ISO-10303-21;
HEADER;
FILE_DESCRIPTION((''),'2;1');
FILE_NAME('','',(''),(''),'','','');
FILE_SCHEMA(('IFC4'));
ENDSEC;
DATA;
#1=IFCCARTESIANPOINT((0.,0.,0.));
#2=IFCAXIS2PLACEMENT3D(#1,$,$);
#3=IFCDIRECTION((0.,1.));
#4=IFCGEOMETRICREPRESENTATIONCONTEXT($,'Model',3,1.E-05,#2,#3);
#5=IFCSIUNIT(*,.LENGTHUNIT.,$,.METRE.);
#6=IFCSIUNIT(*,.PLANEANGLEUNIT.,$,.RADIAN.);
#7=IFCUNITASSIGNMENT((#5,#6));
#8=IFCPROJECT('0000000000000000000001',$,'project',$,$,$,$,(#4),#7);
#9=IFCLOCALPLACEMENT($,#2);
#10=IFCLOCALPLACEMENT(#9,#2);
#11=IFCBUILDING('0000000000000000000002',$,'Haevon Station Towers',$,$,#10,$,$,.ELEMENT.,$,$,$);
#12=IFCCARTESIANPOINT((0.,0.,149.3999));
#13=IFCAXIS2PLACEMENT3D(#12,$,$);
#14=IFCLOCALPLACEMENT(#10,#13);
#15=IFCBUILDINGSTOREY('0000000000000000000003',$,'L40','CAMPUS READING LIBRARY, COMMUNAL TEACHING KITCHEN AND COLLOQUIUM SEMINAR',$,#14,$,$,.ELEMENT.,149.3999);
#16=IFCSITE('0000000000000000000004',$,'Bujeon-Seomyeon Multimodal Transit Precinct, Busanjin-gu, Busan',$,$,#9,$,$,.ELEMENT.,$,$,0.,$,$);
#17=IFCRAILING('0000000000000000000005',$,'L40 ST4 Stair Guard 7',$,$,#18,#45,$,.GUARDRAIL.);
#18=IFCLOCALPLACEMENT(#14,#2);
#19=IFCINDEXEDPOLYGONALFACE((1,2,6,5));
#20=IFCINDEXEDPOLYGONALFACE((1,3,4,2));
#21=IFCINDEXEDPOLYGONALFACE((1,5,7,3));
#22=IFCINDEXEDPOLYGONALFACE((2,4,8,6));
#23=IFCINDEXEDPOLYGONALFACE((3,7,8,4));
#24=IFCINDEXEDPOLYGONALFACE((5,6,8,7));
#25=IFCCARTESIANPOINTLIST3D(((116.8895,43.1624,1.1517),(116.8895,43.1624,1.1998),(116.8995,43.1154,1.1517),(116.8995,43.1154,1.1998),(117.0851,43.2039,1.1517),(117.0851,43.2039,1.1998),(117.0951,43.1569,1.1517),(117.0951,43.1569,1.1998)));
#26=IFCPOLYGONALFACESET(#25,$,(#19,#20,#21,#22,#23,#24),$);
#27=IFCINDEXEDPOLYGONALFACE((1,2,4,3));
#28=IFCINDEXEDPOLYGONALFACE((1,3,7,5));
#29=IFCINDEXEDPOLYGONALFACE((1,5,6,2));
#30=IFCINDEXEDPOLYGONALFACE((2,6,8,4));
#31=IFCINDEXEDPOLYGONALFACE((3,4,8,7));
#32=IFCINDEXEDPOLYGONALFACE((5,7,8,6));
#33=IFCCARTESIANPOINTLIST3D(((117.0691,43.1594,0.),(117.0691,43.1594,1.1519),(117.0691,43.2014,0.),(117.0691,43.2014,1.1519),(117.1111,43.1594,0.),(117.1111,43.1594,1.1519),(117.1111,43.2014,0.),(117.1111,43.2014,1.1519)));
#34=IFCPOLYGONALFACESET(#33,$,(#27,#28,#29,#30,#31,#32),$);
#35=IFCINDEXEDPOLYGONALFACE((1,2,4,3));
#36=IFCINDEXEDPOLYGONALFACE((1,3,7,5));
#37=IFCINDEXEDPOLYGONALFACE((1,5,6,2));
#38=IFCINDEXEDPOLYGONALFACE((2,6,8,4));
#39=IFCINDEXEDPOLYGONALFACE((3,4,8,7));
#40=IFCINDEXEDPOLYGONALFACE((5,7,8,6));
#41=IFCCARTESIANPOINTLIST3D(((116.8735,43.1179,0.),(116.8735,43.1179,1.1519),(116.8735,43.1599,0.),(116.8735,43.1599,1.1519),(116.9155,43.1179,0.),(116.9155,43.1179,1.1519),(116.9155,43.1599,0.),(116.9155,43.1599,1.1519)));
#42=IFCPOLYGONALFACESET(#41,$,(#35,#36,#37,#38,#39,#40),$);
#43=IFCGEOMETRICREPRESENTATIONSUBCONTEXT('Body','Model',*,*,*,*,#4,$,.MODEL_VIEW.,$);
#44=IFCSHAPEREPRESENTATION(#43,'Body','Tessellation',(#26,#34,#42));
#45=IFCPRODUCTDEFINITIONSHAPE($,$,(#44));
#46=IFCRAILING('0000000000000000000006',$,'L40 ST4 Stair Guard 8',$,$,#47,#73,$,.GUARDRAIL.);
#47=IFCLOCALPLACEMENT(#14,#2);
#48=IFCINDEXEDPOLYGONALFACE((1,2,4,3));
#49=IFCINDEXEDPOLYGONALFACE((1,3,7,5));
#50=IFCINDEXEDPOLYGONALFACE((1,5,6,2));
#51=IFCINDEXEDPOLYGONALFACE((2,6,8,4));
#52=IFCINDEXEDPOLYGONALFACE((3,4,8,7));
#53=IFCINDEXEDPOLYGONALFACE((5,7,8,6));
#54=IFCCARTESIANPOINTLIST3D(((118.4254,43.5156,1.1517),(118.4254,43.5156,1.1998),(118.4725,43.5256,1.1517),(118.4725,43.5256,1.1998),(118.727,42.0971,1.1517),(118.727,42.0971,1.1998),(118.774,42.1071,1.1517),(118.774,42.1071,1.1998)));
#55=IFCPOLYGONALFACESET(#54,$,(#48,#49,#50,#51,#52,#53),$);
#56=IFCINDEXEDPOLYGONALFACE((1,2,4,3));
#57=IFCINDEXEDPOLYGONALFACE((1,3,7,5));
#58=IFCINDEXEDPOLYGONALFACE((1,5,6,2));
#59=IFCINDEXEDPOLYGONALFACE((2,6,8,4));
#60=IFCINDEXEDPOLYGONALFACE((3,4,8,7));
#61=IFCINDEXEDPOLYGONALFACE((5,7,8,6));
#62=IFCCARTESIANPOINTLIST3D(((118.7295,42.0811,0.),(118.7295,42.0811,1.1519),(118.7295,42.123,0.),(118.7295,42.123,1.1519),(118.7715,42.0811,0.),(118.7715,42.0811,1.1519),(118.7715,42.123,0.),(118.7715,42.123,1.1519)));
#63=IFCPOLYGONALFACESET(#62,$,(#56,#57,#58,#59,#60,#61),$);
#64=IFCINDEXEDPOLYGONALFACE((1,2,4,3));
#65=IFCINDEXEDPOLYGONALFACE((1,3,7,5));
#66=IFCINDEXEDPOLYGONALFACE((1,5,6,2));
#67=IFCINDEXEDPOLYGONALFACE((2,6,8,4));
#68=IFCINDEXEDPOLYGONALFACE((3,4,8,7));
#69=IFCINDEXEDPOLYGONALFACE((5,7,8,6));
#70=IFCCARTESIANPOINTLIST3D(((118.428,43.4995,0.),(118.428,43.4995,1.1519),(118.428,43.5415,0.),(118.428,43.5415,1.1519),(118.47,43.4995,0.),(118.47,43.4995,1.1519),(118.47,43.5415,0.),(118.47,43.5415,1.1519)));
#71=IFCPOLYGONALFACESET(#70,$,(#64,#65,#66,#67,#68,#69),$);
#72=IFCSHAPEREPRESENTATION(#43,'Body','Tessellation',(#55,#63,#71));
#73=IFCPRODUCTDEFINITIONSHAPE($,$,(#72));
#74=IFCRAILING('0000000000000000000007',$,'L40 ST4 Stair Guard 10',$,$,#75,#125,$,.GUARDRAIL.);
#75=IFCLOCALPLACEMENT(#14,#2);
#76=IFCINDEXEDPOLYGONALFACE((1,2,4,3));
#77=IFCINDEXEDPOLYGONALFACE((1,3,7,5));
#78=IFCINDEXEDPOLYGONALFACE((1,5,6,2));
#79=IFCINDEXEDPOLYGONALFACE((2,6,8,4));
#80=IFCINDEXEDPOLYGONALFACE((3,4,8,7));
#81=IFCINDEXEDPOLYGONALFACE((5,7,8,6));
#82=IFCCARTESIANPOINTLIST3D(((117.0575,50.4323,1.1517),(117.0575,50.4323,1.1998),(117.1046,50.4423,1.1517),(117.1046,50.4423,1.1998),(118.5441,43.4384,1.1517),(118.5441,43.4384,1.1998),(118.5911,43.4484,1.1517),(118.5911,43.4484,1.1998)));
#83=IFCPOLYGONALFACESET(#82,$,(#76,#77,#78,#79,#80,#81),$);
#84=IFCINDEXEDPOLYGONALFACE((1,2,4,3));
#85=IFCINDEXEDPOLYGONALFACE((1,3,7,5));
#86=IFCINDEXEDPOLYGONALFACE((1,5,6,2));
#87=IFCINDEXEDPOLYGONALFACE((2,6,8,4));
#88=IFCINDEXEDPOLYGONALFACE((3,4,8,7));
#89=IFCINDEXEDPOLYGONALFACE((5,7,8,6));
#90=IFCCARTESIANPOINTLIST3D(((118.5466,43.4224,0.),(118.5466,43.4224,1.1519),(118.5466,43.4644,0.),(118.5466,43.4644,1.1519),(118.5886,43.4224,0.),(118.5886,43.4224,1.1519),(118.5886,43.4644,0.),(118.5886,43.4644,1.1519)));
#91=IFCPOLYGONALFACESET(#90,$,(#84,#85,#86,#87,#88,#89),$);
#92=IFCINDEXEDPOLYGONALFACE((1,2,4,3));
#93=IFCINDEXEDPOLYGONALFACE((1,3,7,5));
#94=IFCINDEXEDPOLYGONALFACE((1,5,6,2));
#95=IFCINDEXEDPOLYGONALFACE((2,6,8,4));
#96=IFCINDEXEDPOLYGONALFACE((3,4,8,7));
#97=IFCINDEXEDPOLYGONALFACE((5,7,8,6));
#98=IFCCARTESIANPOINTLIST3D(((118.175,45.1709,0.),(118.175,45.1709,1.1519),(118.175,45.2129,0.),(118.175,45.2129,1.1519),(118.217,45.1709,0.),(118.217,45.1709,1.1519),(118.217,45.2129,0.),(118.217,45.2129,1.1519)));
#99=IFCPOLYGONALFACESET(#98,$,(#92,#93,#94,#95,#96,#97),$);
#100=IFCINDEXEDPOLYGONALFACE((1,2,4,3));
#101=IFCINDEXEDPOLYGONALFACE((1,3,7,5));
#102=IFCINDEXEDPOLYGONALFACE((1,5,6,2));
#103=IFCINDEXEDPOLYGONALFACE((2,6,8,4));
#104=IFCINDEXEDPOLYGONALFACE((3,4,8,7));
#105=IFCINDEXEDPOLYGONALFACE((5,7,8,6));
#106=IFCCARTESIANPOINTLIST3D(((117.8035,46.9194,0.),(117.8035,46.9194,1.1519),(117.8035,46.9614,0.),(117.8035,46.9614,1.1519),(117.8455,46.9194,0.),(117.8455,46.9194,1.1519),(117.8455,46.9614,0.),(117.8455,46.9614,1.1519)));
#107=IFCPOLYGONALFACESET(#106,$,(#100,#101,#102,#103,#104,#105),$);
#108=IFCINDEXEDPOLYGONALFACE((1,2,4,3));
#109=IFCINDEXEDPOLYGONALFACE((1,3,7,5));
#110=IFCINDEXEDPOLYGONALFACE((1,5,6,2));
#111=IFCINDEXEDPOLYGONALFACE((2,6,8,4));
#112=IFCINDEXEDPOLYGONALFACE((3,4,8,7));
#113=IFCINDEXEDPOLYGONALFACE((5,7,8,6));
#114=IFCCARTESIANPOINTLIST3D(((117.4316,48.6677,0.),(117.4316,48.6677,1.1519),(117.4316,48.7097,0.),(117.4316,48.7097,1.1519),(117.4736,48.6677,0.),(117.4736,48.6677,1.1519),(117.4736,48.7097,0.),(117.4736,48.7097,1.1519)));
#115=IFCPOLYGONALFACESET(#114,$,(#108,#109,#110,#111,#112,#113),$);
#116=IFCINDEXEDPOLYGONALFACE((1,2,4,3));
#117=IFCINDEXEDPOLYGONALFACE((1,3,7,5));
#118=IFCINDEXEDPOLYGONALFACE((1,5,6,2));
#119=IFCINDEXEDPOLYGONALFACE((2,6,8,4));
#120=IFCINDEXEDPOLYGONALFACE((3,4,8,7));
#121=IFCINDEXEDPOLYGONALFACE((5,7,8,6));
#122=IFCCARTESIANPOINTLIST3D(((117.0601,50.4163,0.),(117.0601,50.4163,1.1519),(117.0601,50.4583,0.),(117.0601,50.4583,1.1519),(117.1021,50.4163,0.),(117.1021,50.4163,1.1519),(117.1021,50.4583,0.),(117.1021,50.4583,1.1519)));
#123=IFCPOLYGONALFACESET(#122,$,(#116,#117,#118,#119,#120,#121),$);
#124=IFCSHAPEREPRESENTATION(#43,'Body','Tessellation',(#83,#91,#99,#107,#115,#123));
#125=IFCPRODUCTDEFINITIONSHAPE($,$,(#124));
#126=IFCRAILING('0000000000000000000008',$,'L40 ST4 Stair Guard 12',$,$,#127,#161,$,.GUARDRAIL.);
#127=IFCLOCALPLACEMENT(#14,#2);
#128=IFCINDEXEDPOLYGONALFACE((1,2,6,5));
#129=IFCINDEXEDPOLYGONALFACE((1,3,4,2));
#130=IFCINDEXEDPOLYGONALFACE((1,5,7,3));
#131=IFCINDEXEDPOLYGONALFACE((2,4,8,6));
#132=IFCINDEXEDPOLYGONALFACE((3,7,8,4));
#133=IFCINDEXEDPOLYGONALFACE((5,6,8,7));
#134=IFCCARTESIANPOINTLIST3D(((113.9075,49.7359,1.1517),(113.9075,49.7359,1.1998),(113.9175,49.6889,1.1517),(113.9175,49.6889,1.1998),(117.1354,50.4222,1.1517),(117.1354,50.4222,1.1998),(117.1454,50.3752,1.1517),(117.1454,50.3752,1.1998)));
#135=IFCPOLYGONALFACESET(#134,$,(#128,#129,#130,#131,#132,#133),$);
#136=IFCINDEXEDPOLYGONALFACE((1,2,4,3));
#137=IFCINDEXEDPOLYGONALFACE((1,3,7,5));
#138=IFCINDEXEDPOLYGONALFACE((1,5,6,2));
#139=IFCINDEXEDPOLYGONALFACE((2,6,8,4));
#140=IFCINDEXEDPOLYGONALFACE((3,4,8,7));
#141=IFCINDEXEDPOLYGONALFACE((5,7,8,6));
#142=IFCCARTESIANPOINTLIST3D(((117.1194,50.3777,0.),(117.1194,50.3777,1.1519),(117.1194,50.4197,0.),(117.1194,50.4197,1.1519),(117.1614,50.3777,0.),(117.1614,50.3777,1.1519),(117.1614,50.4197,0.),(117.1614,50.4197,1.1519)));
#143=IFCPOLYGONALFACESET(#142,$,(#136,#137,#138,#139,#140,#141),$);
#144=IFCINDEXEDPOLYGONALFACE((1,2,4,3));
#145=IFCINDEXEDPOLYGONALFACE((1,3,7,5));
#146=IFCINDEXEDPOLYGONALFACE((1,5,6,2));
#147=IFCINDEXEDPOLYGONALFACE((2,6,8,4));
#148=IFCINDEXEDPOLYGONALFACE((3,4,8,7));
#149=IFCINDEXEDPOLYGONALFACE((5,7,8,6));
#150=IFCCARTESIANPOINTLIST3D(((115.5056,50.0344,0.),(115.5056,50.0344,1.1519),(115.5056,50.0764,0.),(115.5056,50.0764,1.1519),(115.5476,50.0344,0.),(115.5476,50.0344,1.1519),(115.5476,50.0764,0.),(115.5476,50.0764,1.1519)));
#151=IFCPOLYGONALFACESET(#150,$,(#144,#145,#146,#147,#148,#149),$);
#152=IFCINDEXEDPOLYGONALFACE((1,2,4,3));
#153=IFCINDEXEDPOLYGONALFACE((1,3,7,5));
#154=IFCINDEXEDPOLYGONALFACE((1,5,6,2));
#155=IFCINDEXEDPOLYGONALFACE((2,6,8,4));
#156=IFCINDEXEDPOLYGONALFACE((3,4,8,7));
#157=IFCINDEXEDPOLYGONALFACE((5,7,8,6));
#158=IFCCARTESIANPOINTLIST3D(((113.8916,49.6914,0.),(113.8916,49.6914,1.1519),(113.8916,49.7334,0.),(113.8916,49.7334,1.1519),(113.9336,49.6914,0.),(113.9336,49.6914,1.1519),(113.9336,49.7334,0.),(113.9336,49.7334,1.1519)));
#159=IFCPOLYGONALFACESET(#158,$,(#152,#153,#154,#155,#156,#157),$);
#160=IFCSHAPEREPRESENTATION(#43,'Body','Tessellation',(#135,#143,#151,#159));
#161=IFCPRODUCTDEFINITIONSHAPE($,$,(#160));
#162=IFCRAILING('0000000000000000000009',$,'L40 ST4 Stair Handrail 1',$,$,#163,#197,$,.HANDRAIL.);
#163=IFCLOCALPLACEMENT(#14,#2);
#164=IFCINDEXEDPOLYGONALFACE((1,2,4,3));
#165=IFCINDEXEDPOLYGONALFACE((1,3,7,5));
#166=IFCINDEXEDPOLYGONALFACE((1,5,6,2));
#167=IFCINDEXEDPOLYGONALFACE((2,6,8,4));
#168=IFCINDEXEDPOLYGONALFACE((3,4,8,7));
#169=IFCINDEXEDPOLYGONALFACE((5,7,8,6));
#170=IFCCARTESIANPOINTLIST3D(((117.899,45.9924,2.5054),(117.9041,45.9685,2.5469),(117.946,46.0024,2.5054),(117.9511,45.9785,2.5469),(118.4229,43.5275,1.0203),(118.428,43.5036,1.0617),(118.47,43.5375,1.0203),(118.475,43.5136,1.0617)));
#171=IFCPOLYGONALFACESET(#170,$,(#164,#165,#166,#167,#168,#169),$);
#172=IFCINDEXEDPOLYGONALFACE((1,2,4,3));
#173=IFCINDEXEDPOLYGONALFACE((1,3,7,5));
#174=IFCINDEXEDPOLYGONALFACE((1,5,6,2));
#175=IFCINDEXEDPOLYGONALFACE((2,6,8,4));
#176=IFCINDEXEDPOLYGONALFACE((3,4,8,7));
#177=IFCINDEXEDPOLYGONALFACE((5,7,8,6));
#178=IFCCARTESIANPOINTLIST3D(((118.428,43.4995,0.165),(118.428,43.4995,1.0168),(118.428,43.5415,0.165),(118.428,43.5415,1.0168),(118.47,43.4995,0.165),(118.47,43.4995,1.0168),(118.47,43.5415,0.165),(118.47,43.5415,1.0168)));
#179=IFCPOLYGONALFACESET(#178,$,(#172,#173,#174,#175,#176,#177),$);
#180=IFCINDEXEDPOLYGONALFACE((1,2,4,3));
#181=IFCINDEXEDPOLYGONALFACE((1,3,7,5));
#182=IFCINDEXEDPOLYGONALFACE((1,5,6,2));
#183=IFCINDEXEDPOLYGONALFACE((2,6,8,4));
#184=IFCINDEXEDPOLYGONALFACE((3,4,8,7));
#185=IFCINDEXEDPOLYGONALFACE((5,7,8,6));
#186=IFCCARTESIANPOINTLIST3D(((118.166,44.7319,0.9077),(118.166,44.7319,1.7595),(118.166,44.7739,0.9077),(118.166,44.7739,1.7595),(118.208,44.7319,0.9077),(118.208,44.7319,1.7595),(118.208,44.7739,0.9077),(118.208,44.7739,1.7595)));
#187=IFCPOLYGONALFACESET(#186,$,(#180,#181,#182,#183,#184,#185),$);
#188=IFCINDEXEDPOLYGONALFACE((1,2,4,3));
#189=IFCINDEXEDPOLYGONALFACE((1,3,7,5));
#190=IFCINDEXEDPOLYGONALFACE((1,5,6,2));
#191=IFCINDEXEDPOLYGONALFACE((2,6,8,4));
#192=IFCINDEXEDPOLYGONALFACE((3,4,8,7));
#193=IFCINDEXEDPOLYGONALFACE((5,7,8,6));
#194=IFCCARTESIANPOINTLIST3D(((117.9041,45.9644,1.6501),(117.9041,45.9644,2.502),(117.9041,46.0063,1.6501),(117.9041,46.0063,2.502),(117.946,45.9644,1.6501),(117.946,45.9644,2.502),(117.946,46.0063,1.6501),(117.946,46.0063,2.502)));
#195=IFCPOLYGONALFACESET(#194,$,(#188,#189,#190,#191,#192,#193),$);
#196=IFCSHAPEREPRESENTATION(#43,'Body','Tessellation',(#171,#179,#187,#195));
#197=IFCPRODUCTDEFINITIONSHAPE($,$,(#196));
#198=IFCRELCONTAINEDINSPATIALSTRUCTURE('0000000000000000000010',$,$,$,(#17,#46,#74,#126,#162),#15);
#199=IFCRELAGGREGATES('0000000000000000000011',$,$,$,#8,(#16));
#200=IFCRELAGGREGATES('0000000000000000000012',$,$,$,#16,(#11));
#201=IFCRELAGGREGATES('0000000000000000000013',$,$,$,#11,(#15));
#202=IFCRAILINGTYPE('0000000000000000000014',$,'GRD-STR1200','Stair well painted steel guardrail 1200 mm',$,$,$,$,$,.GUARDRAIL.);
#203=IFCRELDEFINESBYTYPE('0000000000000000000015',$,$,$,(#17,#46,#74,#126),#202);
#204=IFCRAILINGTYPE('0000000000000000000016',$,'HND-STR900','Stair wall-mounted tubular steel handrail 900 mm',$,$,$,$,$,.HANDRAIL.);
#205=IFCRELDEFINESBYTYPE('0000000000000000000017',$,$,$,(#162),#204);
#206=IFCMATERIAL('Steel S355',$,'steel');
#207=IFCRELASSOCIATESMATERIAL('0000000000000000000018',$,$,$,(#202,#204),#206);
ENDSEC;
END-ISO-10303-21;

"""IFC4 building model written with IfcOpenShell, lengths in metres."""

from ifc_helpers import new_model, si_unit, direction, frame, origin, origin_2d, place, context, subcontext, project, spatial, rectangle, extrude, material, type_object, element, save


model = new_model("IFC4")

# Units and contexts
model_context = context("Model", 3, precision=1e-05, world=origin(), true_north=direction((0.0, 1.0)))
body_context = subcontext(model_context, "Body", "Model", "MODEL_VIEW")
ifc_project = project(units=[si_unit("LENGTHUNIT", "METRE"), si_unit("PLANEANGLEUNIT", "RADIAN")], contexts=[model_context])

# Site, building, storey
site_placement = place(None, origin())
site = spatial("IfcSite", under=ifc_project, at=site_placement, Name="Bujeon-Seomyeon Multimodal Transit Precinct, Busanjin-gu, Busan", CompositionType="ELEMENT", RefElevation=0.0)
building_placement = place(site_placement, origin())
building = spatial("IfcBuilding", under=site, at=building_placement, Name="Haevon Station Towers", CompositionType="ELEMENT")
storey_placement = place(building_placement, frame((0.0, 0.0, 149.3999)))
storey = spatial("IfcBuildingStorey", under=building, at=storey_placement, Name="L40", Description="CAMPUS READING LIBRARY, COMMUNAL TEACHING KITCHEN AND COLLOQUIUM SEMINAR", CompositionType="ELEMENT", Elevation=149.3999)

# Shared definitions
ifc_material_1 = material(Name="Steel S355", Category="steel")

# Railings
railing_type_1 = type_object("IfcRailingType", Name="GRD-STR1200", Description="Stair well painted steel guardrail 1200 mm", PredefinedType="GUARDRAIL", material=ifc_material_1)
railing_1_placement = place(storey_placement, frame((117.0901, 43.1804, 0.0)))
element("IfcRailing", 1, at=railing_1_placement, inside=storey, type_object=railing_type_1, Name="L40 ST4 Stair Guard 7", PredefinedType="GUARDRAIL", context=body_context, shape_type="SweptSolid", body=[
    extrude(rectangle(XDim=0.0481, YDim=0.0481, at=origin_2d()), frame((0.0, 0.0, 1.1758), z_axis=(-0.978212, -0.20761, 0.0), x_axis=(0.20761, -0.978212, 0.0)), (0.0, 0.0, 1.0), 0.2),
    extrude(rectangle(XDim=0.042, YDim=0.042, at=origin_2d()), origin(), (0.0, 0.0, 1.0), 1.1519),
    extrude(rectangle(XDim=0.042, YDim=0.042, at=origin_2d()), frame((-0.1956, -0.0415, 0.0)), (0.0, 0.0, 1.0), 1.1519),
])
railing_2_placement = place(storey_placement, frame((118.7505, 42.1021, 0.0)))
element("IfcRailing", 2, at=railing_2_placement, inside=storey, type_object=railing_type_1, Name="L40 ST4 Stair Guard 8", PredefinedType="GUARDRAIL", context=body_context, shape_type="SweptSolid", body=[
    extrude(rectangle(XDim=0.0481, YDim=0.0481, at=origin_2d()), frame((0.0, 0.0, 1.1758), z_axis=(-0.207919, 0.978146, 0.0), x_axis=(-0.978146, -0.207919, 0.0)), (0.0, 0.0, 1.0), 1.4502),
    extrude(rectangle(XDim=0.042, YDim=0.042, at=origin_2d()), origin(), (0.0, 0.0, 1.0), 1.1519),
    extrude(rectangle(XDim=0.042, YDim=0.042, at=origin_2d()), frame((-0.3015, 1.4185, 0.0)), (0.0, 0.0, 1.0), 1.1519),
])
railing_3_placement = place(storey_placement, frame((118.5676, 43.4434, 0.0)))
element("IfcRailing", 3, at=railing_3_placement, inside=storey, type_object=railing_type_1, Name="L40 ST4 Stair Guard 10", PredefinedType="GUARDRAIL", context=body_context, shape_type="SweptSolid", body=[
    extrude(rectangle(XDim=0.0481, YDim=0.0481, at=origin_2d()), frame((0.0, 0.0, 1.1758), z_axis=(-0.207908, 0.978148, 0.0), x_axis=(-0.978148, -0.207908, 0.0)), (0.0, 0.0, 1.0), 7.1501),
    extrude(rectangle(XDim=0.042, YDim=0.042, at=origin_2d()), origin(), (0.0, 0.0, 1.0), 1.1519),
    extrude(rectangle(XDim=0.042, YDim=0.042, at=origin_2d()), frame((-0.3716, 1.7485, 0.0)), (0.0, 0.0, 1.0), 1.1519),
    extrude(rectangle(XDim=0.042, YDim=0.042, at=origin_2d()), frame((-0.7432, 3.4971, 0.0)), (0.0, 0.0, 1.0), 1.1519),
    extrude(rectangle(XDim=0.042, YDim=0.042, at=origin_2d()), frame((-1.115, 5.2454, 0.0)), (0.0, 0.0, 1.0), 1.1519),
    extrude(rectangle(XDim=0.042, YDim=0.042, at=origin_2d()), frame((-1.4866, 6.9939, 0.0)), (0.0, 0.0, 1.0), 1.1519),
])
railing_4_placement = place(storey_placement, frame((117.1404, 50.3987, 0.0)))
element("IfcRailing", 4, at=railing_4_placement, inside=storey, type_object=railing_type_1, Name="L40 ST4 Stair Guard 12", PredefinedType="GUARDRAIL", context=body_context, shape_type="SweptSolid", body=[
    extrude(rectangle(XDim=0.0481, YDim=0.0481, at=origin_2d()), frame((0.0, 0.0, 1.1758), z_axis=(-0.978136, -0.207968, 0.0), x_axis=(0.207968, -0.978136, 0.0)), (0.0, 0.0, 1.0), 3.3),
    extrude(rectangle(XDim=0.042, YDim=0.042, at=origin_2d()), origin(), (0.0, 0.0, 1.0), 1.1519),
    extrude(rectangle(XDim=0.042, YDim=0.042, at=origin_2d()), frame((-1.6138, -0.3433, 0.0)), (0.0, 0.0, 1.0), 1.1519),
    extrude(rectangle(XDim=0.042, YDim=0.042, at=origin_2d()), frame((-3.2278, -0.6863, 0.0)), (0.0, 0.0, 1.0), 1.1519),
])
railing_type_2 = type_object("IfcRailingType", Name="HND-STR900", Description="Stair wall-mounted tubular steel handrail 900 mm", PredefinedType="HANDRAIL", material=ifc_material_1)
railing_5_placement = place(storey_placement, frame((118.449, 43.5205, 0.165)))
element("IfcRailing", 5, at=railing_5_placement, inside=storey, type_object=railing_type_2, Name="L40 ST4 Stair Handrail 1", PredefinedType="HANDRAIL", context=body_context, shape_type="SweptSolid", body=[
    extrude(rectangle(XDim=0.0481, YDim=0.0481, at=origin_2d()), frame((0.0, 0.0, 0.876), z_axis=(-0.179121, 0.842688, 0.507733), x_axis=(-0.978147, -0.207914, 0.0)), (0.0, 0.0, 1.0), 2.925),
    extrude(rectangle(XDim=0.042, YDim=0.042, at=origin_2d()), origin(), (0.0, 0.0, 1.0), 0.8518),
    extrude(rectangle(XDim=0.042, YDim=0.042, at=origin_2d()), frame((-0.262, 1.2324, 0.7427)), (0.0, 0.0, 1.0), 0.8518),
    extrude(rectangle(XDim=0.042, YDim=0.042, at=origin_2d()), frame((-0.5239, 2.4648, 1.4851)), (0.0, 0.0, 1.0), 0.8518),
])

save(model, "model.ifc")
